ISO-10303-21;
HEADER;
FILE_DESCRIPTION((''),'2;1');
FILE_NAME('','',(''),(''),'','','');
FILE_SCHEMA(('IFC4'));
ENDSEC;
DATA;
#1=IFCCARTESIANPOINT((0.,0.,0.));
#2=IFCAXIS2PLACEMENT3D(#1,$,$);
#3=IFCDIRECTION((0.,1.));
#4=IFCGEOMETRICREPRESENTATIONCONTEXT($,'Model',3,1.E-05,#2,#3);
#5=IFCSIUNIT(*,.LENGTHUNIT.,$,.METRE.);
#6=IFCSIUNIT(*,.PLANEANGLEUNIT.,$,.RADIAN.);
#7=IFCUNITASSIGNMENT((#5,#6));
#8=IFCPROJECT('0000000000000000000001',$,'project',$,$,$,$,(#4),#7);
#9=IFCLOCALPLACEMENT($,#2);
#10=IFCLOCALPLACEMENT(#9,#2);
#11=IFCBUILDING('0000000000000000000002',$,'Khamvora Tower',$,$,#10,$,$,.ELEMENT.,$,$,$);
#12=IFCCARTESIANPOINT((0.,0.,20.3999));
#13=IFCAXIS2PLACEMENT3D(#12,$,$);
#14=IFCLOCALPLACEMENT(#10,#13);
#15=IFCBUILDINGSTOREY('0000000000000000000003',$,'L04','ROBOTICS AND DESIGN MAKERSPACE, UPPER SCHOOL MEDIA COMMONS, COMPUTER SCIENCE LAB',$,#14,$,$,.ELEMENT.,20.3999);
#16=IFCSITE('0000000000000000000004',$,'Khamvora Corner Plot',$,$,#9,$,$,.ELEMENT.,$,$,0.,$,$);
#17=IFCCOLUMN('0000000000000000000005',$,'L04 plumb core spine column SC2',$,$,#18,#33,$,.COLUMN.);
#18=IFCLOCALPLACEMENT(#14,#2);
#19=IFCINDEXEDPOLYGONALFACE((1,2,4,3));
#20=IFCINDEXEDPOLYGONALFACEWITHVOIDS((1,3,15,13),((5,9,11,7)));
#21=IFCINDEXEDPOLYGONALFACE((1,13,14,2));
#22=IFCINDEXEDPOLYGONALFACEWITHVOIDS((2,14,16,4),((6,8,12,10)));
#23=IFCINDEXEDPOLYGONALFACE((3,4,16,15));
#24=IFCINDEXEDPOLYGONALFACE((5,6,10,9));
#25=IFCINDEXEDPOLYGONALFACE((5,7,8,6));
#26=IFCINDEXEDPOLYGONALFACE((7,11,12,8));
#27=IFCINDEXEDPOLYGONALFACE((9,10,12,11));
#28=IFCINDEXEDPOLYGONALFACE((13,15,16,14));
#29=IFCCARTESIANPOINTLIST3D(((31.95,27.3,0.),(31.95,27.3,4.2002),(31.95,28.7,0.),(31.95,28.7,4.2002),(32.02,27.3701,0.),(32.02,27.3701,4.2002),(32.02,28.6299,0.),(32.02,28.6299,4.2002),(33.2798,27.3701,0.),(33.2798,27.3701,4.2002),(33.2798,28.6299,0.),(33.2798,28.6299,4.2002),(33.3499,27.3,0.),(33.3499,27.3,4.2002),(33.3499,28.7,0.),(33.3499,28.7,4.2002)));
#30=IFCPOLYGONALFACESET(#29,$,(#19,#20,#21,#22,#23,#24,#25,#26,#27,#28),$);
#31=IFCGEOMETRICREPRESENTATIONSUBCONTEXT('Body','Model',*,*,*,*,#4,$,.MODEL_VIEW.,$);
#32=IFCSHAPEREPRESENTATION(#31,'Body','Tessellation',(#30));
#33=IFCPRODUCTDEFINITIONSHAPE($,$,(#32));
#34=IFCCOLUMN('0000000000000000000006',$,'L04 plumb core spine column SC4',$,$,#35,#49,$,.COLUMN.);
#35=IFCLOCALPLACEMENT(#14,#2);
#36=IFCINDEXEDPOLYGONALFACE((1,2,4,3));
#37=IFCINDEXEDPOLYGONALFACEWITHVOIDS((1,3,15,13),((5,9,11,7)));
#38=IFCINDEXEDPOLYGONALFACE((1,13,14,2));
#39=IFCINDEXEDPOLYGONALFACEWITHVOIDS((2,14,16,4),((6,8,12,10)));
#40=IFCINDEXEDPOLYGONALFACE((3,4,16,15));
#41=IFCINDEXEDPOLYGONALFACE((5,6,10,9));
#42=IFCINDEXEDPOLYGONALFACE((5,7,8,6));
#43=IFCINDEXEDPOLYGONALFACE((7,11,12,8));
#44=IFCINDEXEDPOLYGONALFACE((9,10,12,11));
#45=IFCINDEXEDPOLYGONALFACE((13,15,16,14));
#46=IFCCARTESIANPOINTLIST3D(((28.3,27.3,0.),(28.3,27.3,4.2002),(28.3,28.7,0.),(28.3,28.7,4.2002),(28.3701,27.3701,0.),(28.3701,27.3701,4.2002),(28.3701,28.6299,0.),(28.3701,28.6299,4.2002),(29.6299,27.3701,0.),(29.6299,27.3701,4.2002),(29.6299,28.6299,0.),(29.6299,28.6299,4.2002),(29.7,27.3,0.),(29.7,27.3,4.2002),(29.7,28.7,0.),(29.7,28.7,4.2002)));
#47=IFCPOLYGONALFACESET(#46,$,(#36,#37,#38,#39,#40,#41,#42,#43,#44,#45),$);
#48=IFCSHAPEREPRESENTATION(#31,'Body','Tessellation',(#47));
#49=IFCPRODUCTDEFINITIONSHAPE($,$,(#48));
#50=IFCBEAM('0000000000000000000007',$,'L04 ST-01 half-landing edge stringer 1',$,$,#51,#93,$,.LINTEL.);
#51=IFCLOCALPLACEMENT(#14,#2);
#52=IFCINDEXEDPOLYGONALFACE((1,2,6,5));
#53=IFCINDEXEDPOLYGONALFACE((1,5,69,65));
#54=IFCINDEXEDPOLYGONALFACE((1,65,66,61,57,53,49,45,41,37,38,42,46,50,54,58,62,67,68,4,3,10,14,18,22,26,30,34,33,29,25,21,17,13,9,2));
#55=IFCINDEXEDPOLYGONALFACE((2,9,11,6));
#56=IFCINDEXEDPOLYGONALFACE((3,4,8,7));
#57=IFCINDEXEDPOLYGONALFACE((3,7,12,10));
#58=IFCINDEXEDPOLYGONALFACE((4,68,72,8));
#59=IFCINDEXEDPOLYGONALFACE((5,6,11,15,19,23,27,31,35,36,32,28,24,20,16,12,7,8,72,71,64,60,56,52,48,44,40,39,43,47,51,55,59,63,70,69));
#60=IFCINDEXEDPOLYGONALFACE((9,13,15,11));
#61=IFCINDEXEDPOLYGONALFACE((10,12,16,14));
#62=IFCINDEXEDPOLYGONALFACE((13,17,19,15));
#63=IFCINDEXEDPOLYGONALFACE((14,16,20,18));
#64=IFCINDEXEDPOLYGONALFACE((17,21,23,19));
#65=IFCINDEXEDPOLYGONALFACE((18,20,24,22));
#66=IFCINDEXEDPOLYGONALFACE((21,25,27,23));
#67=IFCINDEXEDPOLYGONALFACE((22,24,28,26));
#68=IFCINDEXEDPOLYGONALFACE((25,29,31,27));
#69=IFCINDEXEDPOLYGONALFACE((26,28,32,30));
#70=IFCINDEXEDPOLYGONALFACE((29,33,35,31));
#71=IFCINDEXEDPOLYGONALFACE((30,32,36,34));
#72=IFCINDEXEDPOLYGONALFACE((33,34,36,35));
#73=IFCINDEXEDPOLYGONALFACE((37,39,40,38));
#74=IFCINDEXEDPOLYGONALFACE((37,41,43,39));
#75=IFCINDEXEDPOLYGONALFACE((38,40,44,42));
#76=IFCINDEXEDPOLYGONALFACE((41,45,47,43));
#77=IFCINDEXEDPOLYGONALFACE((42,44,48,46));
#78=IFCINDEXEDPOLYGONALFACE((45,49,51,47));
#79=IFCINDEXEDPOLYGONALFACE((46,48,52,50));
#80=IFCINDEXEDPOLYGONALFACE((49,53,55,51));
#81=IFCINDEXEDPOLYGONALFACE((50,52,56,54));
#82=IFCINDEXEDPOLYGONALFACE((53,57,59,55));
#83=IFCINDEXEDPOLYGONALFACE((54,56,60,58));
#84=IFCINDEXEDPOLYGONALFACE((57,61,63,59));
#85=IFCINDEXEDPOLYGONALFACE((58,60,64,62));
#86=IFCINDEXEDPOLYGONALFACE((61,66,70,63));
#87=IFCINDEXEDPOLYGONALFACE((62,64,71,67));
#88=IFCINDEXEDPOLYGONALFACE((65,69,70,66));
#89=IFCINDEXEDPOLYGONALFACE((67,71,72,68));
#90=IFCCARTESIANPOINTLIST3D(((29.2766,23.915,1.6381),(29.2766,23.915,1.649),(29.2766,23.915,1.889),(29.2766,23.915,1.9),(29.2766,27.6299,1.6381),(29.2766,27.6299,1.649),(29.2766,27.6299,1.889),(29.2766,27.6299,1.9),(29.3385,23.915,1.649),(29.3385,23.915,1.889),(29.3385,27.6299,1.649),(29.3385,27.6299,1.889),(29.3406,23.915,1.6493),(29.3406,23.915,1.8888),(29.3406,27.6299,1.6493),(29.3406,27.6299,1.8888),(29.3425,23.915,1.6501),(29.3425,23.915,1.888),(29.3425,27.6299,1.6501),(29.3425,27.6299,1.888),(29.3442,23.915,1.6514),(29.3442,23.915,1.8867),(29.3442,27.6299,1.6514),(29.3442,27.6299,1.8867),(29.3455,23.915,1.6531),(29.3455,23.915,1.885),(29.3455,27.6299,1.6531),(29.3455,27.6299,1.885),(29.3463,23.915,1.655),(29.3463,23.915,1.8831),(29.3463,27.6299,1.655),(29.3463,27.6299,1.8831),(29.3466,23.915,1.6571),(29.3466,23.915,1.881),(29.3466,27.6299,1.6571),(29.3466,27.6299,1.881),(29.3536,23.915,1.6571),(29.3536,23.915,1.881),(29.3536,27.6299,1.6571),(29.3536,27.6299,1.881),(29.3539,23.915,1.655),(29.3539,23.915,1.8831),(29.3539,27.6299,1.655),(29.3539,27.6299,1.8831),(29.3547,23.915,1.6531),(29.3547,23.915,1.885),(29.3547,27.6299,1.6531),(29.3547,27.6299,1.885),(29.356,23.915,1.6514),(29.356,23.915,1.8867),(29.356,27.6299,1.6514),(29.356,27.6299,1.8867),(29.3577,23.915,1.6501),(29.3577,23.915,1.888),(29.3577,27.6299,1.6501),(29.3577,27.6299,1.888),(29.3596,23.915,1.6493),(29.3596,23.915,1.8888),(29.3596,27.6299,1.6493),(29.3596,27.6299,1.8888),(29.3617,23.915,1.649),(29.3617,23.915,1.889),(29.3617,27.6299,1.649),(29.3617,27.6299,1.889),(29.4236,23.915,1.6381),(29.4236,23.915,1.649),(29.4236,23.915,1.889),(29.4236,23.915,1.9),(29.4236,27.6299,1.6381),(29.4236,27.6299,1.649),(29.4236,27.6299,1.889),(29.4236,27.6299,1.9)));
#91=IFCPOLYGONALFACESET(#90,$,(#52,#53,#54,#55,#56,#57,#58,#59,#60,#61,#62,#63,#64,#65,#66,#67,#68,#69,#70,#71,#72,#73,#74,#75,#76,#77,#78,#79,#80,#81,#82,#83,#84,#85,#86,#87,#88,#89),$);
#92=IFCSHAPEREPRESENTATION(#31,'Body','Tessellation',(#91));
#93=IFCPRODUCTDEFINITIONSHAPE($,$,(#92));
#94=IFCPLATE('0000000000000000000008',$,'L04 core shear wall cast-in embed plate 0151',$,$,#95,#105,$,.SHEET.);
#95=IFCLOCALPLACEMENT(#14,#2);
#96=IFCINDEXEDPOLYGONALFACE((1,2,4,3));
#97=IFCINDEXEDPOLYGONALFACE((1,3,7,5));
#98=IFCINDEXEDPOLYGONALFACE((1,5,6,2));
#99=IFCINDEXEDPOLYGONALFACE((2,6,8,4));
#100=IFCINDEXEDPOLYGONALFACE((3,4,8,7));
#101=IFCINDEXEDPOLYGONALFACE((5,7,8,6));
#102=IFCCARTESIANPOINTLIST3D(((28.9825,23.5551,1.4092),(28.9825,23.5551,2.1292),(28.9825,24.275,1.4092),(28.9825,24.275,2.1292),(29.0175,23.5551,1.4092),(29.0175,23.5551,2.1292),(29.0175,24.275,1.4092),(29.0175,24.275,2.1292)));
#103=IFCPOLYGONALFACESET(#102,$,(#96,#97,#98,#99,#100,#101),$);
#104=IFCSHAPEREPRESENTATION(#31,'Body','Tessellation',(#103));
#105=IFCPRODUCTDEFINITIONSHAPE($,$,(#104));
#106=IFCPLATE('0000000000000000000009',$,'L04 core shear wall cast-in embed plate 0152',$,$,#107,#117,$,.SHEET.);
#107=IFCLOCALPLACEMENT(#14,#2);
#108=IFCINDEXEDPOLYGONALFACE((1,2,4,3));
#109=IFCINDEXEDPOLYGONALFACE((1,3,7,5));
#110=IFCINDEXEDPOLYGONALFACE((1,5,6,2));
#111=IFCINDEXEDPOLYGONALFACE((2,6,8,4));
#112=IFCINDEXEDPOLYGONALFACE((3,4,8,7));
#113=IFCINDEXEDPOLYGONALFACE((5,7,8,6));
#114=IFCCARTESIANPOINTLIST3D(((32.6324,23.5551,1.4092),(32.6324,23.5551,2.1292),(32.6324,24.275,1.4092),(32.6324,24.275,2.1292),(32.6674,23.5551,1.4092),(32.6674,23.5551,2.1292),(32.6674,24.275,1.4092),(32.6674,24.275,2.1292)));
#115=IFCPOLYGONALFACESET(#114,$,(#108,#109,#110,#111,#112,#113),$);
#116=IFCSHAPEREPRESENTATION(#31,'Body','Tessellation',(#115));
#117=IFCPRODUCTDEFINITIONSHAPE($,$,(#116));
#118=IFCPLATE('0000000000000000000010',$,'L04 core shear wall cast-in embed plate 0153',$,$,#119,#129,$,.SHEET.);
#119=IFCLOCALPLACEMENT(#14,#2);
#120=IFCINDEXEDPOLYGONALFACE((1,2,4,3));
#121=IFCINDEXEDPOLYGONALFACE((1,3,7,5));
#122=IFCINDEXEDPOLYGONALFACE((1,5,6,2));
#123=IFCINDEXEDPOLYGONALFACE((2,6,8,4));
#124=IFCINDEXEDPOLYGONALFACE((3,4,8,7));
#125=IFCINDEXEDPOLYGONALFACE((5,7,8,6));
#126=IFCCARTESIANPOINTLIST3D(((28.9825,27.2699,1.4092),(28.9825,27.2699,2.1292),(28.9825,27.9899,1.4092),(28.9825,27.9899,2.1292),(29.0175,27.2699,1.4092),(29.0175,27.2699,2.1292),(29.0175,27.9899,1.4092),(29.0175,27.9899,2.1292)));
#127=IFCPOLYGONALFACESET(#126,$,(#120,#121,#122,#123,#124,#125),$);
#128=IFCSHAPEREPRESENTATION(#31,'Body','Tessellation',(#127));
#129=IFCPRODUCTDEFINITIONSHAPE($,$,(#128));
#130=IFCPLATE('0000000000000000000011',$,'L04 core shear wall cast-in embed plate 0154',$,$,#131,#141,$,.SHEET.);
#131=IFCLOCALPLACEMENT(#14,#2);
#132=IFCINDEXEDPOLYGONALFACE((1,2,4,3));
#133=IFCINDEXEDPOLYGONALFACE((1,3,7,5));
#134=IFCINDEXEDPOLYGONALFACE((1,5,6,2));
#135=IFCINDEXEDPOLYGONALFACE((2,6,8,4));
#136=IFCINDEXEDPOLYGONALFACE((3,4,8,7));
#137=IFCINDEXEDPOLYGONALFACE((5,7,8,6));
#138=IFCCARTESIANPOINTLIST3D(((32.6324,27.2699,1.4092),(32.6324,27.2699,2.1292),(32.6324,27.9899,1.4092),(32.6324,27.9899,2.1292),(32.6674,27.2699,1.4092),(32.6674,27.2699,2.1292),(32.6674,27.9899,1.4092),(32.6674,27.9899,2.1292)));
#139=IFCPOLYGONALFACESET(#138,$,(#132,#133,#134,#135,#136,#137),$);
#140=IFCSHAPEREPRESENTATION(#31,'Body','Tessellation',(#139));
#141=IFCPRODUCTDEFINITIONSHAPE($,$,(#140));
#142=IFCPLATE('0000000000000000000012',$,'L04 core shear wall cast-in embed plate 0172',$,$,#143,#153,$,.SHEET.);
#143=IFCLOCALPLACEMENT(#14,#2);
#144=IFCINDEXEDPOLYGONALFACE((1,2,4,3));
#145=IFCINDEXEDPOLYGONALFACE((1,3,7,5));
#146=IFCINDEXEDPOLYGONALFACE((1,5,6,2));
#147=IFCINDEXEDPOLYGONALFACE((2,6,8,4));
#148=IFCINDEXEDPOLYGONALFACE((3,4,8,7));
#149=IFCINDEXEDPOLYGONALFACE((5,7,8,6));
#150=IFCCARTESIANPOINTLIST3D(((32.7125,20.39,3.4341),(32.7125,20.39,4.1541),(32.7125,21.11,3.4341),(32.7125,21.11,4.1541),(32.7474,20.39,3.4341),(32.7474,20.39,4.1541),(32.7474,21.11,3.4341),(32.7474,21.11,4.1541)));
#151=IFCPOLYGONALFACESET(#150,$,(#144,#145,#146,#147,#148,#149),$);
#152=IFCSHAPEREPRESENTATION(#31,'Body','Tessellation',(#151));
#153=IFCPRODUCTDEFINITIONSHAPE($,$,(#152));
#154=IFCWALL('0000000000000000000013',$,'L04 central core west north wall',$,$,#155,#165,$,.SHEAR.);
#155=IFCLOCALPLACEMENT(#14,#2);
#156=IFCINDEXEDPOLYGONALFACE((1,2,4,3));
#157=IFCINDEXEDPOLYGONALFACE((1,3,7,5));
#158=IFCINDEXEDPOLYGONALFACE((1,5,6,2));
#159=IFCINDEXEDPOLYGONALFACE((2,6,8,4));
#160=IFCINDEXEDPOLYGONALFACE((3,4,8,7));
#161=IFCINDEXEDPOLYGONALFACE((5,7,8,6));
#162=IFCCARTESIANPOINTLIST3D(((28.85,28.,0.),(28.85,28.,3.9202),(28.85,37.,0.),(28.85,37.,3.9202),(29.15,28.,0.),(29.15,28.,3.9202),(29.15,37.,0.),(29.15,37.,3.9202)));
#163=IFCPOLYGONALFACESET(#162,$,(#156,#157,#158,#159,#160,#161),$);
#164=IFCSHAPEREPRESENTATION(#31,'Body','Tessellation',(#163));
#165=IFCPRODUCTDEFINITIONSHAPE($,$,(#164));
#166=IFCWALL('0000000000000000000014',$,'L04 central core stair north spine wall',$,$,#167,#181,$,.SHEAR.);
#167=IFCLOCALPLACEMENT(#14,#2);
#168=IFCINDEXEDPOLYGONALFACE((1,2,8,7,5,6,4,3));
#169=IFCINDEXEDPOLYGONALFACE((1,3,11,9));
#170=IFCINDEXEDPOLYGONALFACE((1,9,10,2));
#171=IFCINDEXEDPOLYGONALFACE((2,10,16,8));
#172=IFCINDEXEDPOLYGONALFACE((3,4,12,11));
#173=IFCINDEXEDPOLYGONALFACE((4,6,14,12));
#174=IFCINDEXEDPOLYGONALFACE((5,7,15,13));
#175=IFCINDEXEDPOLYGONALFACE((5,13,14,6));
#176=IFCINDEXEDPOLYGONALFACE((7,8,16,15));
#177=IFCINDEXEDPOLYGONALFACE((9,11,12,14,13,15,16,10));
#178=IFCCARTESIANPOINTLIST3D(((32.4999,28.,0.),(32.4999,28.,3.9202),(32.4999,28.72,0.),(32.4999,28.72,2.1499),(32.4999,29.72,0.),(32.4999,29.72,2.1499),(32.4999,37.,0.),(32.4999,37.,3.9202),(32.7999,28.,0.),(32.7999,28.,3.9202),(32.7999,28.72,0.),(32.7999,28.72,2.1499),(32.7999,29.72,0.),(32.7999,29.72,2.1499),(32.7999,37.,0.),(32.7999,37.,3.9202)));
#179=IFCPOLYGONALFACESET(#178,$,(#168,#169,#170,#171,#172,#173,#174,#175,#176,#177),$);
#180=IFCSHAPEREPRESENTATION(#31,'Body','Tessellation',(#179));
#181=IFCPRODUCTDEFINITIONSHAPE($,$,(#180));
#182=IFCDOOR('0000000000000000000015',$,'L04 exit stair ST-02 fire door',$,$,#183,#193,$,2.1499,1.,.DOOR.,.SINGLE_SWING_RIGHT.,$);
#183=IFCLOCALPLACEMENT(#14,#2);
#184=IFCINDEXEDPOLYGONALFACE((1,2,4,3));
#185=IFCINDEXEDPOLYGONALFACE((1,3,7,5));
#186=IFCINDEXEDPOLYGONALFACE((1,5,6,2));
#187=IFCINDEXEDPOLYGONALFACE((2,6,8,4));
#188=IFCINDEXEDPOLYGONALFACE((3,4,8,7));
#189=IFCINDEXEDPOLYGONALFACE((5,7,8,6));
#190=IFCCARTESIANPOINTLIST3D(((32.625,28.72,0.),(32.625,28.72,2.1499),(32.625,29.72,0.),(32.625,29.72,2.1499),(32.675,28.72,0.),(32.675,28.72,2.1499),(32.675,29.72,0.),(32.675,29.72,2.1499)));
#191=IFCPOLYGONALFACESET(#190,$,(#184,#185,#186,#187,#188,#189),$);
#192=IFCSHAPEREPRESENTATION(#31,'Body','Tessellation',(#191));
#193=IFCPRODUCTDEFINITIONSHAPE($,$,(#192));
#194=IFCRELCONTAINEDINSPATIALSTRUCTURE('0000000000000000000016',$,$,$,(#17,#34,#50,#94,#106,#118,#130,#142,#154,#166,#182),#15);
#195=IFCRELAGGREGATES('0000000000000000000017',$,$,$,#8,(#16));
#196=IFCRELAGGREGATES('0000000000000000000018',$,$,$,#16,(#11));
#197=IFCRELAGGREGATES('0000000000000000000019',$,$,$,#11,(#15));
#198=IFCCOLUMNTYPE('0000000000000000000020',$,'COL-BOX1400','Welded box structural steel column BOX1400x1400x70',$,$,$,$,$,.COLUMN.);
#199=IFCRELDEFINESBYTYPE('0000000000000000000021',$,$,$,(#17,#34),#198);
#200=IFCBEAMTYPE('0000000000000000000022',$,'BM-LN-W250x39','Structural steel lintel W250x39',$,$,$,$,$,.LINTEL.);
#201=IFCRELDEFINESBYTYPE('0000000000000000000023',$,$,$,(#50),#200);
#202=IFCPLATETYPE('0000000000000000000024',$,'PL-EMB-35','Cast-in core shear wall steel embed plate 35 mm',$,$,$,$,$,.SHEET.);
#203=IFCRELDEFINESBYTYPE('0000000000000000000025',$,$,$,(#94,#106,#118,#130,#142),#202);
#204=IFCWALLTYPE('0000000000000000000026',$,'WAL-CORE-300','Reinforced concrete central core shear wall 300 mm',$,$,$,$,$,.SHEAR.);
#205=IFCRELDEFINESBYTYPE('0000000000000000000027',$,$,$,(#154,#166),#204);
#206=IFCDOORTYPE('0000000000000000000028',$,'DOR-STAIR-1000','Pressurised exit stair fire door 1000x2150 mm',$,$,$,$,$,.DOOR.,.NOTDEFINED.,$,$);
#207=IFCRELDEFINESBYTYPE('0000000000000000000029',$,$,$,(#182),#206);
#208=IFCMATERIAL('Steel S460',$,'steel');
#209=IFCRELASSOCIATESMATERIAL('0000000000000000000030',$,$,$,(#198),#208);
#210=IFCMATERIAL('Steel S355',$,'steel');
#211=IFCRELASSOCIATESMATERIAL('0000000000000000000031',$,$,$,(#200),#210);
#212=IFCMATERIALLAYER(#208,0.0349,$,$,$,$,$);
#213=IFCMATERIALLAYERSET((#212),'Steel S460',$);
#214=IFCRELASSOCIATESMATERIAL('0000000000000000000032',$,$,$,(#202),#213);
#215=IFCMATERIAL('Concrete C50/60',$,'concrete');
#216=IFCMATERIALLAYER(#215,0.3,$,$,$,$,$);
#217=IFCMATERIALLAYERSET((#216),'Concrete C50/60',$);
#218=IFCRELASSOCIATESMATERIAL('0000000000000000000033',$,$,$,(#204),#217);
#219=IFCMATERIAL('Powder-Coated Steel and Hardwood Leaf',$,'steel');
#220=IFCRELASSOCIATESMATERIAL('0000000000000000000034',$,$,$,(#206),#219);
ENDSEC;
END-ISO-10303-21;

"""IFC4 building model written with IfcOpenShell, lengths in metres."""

from ifc_helpers import new_model, si_unit, direction, frame, frame_2d, origin, origin_2d, place, context, subcontext, project, spatial, rectangle, hollow_rectangle, i_section, extrude, material, layer, layer_set, material_profile, profile_set, type_object, element, fill, save


model = new_model("IFC4")

# Units and contexts
model_context = context("Model", 3, precision=1e-05, world=origin(), true_north=direction((0.0, 1.0)))
body_context = subcontext(model_context, "Body", "Model", "MODEL_VIEW")
ifc_project = project(units=[si_unit("LENGTHUNIT", "METRE"), si_unit("PLANEANGLEUNIT", "RADIAN")], contexts=[model_context])

# Site, building, storey
site_placement = place(None, origin())
site = spatial("IfcSite", under=ifc_project, at=site_placement, Name="Khamvora Corner Plot", CompositionType="ELEMENT", RefElevation=0.0)
building_placement = place(site_placement, origin())
building = spatial("IfcBuilding", under=site, at=building_placement, Name="Khamvora Tower", CompositionType="ELEMENT")
storey_placement = place(building_placement, frame((0.0, 0.0, 20.3999)))
storey = spatial("IfcBuildingStorey", under=building, at=storey_placement, Name="L04", Description="ROBOTICS AND DESIGN MAKERSPACE, UPPER SCHOOL MEDIA COMMONS, COMPUTER SCIENCE LAB", CompositionType="ELEMENT", Elevation=20.3999)

# Columns
ifc_material_1 = material(Name="Steel S460", Category="steel")
ifc_material_profile_1 = material_profile(ifc_material_1, hollow_rectangle(XDim=1.3999, YDim=1.3999, WallThickness=0.0701, at=origin_2d()), Name="BOX1400x1400x70")
ifc_profile_set_1 = profile_set([ifc_material_profile_1], Name="Steel S460")
column_type = type_object("IfcColumnType", Name="COL-BOX1400", Description="Welded box structural steel column BOX1400x1400x70", PredefinedType="COLUMN", material=ifc_profile_set_1)
for number, where, z_axis, x_axis, name in (
    (1, (32.6499, 28.0, 0.0), (0.0, 0.0, 1.0), (1.0, 0.0, 0.0), "L04 plumb core spine column SC2"),
    (2, (29.0, 28.0, 0.0), (0.0, 0.0, 1.0), (1.0, 0.0, 0.0), "L04 plumb core spine column SC4"),
):
    element("IfcColumn", number, at=place(storey_placement, frame(where, z_axis=z_axis, x_axis=x_axis)), inside=storey, type_object=column_type, Name=name, PredefinedType="COLUMN", context=body_context, shape_type="SweptSolid", body=[
        extrude(hollow_rectangle(XDim=1.3999, YDim=1.3999, WallThickness=0.0701, at=origin_2d()), origin(), (0.0, 0.0, 1.0), 4.2002),
    ])

# Beam
ifc_material_2 = material(Name="Steel S355", Category="steel")
ifc_material_profile_2 = material_profile(ifc_material_2, i_section(OverallWidth=0.147, OverallDepth=0.262, WebThickness=0.0071, FlangeThickness=0.011, FilletRadius=0.0081, at=origin_2d()), Name="W250x39")
ifc_profile_set_2 = profile_set([ifc_material_profile_2], Name="Steel S355")
beam_type = type_object("IfcBeamType", Name="BM-LN-W250x39", Description="Structural steel lintel W250x39", PredefinedType="LINTEL", material=ifc_profile_set_2)
beam_placement = place(storey_placement, frame((29.3501, 23.915, 1.769), z_axis=(0.0, 1.0, 0.0), x_axis=(-1.0, 0.0, 0.0)))
element("IfcBeam", 3, at=beam_placement, inside=storey, type_object=beam_type, Name="L04 ST-01 half-landing edge stringer 1", PredefinedType="LINTEL", context=body_context, shape_type="SweptSolid", body=[
    extrude(i_section(OverallWidth=0.147, OverallDepth=0.262, WebThickness=0.0071, FlangeThickness=0.011, FilletRadius=0.0081, at=origin_2d()), origin(), (0.0, 0.0, 1.0), 3.7148),
])

# Plates
ifc_layer_1 = layer(ifc_material_1, 0.0349)
ifc_layer_set_1 = layer_set([ifc_layer_1], Name="Steel S460")
plate_type = type_object("IfcPlateType", Name="PL-EMB-35", Description="Cast-in core shear wall steel embed plate 35 mm", PredefinedType="SHEET", material=ifc_layer_set_1)
for number, where, z_axis, x_axis, name in (
    (4, (29.0, 23.915, 1.4092), (0.0, 0.0, 1.0), (1.0, 0.0, 0.0), "L04 core shear wall cast-in embed plate 0151"),
    (5, (32.6499, 23.915, 1.4092), (0.0, 0.0, 1.0), (1.0, 0.0, 0.0), "L04 core shear wall cast-in embed plate 0152"),
    (6, (29.0, 27.6299, 1.4092), (0.0, 0.0, 1.0), (1.0, 0.0, 0.0), "L04 core shear wall cast-in embed plate 0153"),
    (7, (32.6499, 27.6299, 1.4092), (0.0, 0.0, 1.0), (1.0, 0.0, 0.0), "L04 core shear wall cast-in embed plate 0154"),
    (8, (32.73, 20.75, 3.4341), (0.0, 0.0, 1.0), (1.0, 0.0, 0.0), "L04 core shear wall cast-in embed plate 0172"),
):
    element("IfcPlate", number, at=place(storey_placement, frame(where, z_axis=z_axis, x_axis=x_axis)), inside=storey, type_object=plate_type, Name=name, PredefinedType="SHEET", context=body_context, shape_type="SweptSolid", body=[
        extrude(rectangle(XDim=0.0349, YDim=0.72, at=origin_2d()), origin(), (0.0, 0.0, 1.0), 0.72),
    ])

# Wall
ifc_material_3 = material(Name="Concrete C50/60", Category="concrete")
ifc_layer_2 = layer(ifc_material_3, 0.3)
ifc_layer_set_2 = layer_set([ifc_layer_2], Name="Concrete C50/60")
wall_type = type_object("IfcWallType", Name="WAL-CORE-300", Description="Reinforced concrete central core shear wall 300 mm", PredefinedType="SHEAR", material=ifc_layer_set_2)
wall_1_placement = place(storey_placement, frame((29.0, 28.0, 0.0), z_axis=(0.0, 0.0, 1.0), x_axis=(0.0, 1.0, 0.0)))
element("IfcWall", 9, at=wall_1_placement, inside=storey, type_object=wall_type, Name="L04 central core west north wall", PredefinedType="SHEAR", context=body_context, shape_type="SweptSolid", body=[
    extrude(rectangle(XDim=9.0, YDim=0.3, at=frame_2d((4.5, 0.0))), origin(), (0.0, 0.0, 1.0), 3.9202),
])

# Wall, opening, door
wall_2_placement = place(storey_placement, frame((32.6499, 28.0, 0.0), z_axis=(0.0, 0.0, 1.0), x_axis=(0.0, 1.0, 0.0)))
wall_2 = element("IfcWall", 10, at=wall_2_placement, inside=storey, type_object=wall_type, Name="L04 central core stair north spine wall", PredefinedType="SHEAR", context=body_context, shape_type="SweptSolid", body=[
    extrude(rectangle(XDim=9.0, YDim=0.3, at=frame_2d((4.5, 0.0))), origin(), (0.0, 0.0, 1.0), 3.9202),
])
opening_1_placement = place(wall_2_placement, frame((0.72, 0.0, 0.0)))
opening_1 = element("IfcOpeningElement", 11, at=opening_1_placement, cuts=wall_2, PredefinedType="OPENING", context=body_context, shape_type="SweptSolid", body=[
    extrude(rectangle(XDim=1.0, YDim=2.1499, at=frame_2d((0.5, 1.075))), frame((0.0, 0.1599, 0.0), z_axis=(0.0, -1.0, 0.0), x_axis=(1.0, 0.0, 0.0)), (0.0, 0.0, 1.0), 0.3201),
])
ifc_material_4 = material(Name="Powder-Coated Steel and Hardwood Leaf", Category="steel")
door_type_1 = type_object("IfcDoorType", Name="DOR-STAIR-1000", Description="Pressurised exit stair fire door 1000x2150 mm", OperationType="NOTDEFINED", PredefinedType="DOOR", material=ifc_material_4)
door_1_placement = place(opening_1_placement, origin())
door_1 = element("IfcDoor", 12, at=door_1_placement, inside=storey, type_object=door_type_1, Name="L04 exit stair ST-02 fire door", OperationType="SINGLE_SWING_RIGHT", OverallHeight=2.1499, OverallWidth=1.0, PredefinedType="DOOR", context=body_context, shape_type="SweptSolid", body=[
    extrude(rectangle(XDim=1.0, YDim=2.1499, at=frame_2d((0.5, 1.075))), frame((0.0, 0.0249, 0.0), z_axis=(0.0, -1.0, 0.0), x_axis=(1.0, 0.0, 0.0)), (0.0, 0.0, 1.0), 0.05),
])
fill(opening_1, door_1)

save(model, "model.ifc")
